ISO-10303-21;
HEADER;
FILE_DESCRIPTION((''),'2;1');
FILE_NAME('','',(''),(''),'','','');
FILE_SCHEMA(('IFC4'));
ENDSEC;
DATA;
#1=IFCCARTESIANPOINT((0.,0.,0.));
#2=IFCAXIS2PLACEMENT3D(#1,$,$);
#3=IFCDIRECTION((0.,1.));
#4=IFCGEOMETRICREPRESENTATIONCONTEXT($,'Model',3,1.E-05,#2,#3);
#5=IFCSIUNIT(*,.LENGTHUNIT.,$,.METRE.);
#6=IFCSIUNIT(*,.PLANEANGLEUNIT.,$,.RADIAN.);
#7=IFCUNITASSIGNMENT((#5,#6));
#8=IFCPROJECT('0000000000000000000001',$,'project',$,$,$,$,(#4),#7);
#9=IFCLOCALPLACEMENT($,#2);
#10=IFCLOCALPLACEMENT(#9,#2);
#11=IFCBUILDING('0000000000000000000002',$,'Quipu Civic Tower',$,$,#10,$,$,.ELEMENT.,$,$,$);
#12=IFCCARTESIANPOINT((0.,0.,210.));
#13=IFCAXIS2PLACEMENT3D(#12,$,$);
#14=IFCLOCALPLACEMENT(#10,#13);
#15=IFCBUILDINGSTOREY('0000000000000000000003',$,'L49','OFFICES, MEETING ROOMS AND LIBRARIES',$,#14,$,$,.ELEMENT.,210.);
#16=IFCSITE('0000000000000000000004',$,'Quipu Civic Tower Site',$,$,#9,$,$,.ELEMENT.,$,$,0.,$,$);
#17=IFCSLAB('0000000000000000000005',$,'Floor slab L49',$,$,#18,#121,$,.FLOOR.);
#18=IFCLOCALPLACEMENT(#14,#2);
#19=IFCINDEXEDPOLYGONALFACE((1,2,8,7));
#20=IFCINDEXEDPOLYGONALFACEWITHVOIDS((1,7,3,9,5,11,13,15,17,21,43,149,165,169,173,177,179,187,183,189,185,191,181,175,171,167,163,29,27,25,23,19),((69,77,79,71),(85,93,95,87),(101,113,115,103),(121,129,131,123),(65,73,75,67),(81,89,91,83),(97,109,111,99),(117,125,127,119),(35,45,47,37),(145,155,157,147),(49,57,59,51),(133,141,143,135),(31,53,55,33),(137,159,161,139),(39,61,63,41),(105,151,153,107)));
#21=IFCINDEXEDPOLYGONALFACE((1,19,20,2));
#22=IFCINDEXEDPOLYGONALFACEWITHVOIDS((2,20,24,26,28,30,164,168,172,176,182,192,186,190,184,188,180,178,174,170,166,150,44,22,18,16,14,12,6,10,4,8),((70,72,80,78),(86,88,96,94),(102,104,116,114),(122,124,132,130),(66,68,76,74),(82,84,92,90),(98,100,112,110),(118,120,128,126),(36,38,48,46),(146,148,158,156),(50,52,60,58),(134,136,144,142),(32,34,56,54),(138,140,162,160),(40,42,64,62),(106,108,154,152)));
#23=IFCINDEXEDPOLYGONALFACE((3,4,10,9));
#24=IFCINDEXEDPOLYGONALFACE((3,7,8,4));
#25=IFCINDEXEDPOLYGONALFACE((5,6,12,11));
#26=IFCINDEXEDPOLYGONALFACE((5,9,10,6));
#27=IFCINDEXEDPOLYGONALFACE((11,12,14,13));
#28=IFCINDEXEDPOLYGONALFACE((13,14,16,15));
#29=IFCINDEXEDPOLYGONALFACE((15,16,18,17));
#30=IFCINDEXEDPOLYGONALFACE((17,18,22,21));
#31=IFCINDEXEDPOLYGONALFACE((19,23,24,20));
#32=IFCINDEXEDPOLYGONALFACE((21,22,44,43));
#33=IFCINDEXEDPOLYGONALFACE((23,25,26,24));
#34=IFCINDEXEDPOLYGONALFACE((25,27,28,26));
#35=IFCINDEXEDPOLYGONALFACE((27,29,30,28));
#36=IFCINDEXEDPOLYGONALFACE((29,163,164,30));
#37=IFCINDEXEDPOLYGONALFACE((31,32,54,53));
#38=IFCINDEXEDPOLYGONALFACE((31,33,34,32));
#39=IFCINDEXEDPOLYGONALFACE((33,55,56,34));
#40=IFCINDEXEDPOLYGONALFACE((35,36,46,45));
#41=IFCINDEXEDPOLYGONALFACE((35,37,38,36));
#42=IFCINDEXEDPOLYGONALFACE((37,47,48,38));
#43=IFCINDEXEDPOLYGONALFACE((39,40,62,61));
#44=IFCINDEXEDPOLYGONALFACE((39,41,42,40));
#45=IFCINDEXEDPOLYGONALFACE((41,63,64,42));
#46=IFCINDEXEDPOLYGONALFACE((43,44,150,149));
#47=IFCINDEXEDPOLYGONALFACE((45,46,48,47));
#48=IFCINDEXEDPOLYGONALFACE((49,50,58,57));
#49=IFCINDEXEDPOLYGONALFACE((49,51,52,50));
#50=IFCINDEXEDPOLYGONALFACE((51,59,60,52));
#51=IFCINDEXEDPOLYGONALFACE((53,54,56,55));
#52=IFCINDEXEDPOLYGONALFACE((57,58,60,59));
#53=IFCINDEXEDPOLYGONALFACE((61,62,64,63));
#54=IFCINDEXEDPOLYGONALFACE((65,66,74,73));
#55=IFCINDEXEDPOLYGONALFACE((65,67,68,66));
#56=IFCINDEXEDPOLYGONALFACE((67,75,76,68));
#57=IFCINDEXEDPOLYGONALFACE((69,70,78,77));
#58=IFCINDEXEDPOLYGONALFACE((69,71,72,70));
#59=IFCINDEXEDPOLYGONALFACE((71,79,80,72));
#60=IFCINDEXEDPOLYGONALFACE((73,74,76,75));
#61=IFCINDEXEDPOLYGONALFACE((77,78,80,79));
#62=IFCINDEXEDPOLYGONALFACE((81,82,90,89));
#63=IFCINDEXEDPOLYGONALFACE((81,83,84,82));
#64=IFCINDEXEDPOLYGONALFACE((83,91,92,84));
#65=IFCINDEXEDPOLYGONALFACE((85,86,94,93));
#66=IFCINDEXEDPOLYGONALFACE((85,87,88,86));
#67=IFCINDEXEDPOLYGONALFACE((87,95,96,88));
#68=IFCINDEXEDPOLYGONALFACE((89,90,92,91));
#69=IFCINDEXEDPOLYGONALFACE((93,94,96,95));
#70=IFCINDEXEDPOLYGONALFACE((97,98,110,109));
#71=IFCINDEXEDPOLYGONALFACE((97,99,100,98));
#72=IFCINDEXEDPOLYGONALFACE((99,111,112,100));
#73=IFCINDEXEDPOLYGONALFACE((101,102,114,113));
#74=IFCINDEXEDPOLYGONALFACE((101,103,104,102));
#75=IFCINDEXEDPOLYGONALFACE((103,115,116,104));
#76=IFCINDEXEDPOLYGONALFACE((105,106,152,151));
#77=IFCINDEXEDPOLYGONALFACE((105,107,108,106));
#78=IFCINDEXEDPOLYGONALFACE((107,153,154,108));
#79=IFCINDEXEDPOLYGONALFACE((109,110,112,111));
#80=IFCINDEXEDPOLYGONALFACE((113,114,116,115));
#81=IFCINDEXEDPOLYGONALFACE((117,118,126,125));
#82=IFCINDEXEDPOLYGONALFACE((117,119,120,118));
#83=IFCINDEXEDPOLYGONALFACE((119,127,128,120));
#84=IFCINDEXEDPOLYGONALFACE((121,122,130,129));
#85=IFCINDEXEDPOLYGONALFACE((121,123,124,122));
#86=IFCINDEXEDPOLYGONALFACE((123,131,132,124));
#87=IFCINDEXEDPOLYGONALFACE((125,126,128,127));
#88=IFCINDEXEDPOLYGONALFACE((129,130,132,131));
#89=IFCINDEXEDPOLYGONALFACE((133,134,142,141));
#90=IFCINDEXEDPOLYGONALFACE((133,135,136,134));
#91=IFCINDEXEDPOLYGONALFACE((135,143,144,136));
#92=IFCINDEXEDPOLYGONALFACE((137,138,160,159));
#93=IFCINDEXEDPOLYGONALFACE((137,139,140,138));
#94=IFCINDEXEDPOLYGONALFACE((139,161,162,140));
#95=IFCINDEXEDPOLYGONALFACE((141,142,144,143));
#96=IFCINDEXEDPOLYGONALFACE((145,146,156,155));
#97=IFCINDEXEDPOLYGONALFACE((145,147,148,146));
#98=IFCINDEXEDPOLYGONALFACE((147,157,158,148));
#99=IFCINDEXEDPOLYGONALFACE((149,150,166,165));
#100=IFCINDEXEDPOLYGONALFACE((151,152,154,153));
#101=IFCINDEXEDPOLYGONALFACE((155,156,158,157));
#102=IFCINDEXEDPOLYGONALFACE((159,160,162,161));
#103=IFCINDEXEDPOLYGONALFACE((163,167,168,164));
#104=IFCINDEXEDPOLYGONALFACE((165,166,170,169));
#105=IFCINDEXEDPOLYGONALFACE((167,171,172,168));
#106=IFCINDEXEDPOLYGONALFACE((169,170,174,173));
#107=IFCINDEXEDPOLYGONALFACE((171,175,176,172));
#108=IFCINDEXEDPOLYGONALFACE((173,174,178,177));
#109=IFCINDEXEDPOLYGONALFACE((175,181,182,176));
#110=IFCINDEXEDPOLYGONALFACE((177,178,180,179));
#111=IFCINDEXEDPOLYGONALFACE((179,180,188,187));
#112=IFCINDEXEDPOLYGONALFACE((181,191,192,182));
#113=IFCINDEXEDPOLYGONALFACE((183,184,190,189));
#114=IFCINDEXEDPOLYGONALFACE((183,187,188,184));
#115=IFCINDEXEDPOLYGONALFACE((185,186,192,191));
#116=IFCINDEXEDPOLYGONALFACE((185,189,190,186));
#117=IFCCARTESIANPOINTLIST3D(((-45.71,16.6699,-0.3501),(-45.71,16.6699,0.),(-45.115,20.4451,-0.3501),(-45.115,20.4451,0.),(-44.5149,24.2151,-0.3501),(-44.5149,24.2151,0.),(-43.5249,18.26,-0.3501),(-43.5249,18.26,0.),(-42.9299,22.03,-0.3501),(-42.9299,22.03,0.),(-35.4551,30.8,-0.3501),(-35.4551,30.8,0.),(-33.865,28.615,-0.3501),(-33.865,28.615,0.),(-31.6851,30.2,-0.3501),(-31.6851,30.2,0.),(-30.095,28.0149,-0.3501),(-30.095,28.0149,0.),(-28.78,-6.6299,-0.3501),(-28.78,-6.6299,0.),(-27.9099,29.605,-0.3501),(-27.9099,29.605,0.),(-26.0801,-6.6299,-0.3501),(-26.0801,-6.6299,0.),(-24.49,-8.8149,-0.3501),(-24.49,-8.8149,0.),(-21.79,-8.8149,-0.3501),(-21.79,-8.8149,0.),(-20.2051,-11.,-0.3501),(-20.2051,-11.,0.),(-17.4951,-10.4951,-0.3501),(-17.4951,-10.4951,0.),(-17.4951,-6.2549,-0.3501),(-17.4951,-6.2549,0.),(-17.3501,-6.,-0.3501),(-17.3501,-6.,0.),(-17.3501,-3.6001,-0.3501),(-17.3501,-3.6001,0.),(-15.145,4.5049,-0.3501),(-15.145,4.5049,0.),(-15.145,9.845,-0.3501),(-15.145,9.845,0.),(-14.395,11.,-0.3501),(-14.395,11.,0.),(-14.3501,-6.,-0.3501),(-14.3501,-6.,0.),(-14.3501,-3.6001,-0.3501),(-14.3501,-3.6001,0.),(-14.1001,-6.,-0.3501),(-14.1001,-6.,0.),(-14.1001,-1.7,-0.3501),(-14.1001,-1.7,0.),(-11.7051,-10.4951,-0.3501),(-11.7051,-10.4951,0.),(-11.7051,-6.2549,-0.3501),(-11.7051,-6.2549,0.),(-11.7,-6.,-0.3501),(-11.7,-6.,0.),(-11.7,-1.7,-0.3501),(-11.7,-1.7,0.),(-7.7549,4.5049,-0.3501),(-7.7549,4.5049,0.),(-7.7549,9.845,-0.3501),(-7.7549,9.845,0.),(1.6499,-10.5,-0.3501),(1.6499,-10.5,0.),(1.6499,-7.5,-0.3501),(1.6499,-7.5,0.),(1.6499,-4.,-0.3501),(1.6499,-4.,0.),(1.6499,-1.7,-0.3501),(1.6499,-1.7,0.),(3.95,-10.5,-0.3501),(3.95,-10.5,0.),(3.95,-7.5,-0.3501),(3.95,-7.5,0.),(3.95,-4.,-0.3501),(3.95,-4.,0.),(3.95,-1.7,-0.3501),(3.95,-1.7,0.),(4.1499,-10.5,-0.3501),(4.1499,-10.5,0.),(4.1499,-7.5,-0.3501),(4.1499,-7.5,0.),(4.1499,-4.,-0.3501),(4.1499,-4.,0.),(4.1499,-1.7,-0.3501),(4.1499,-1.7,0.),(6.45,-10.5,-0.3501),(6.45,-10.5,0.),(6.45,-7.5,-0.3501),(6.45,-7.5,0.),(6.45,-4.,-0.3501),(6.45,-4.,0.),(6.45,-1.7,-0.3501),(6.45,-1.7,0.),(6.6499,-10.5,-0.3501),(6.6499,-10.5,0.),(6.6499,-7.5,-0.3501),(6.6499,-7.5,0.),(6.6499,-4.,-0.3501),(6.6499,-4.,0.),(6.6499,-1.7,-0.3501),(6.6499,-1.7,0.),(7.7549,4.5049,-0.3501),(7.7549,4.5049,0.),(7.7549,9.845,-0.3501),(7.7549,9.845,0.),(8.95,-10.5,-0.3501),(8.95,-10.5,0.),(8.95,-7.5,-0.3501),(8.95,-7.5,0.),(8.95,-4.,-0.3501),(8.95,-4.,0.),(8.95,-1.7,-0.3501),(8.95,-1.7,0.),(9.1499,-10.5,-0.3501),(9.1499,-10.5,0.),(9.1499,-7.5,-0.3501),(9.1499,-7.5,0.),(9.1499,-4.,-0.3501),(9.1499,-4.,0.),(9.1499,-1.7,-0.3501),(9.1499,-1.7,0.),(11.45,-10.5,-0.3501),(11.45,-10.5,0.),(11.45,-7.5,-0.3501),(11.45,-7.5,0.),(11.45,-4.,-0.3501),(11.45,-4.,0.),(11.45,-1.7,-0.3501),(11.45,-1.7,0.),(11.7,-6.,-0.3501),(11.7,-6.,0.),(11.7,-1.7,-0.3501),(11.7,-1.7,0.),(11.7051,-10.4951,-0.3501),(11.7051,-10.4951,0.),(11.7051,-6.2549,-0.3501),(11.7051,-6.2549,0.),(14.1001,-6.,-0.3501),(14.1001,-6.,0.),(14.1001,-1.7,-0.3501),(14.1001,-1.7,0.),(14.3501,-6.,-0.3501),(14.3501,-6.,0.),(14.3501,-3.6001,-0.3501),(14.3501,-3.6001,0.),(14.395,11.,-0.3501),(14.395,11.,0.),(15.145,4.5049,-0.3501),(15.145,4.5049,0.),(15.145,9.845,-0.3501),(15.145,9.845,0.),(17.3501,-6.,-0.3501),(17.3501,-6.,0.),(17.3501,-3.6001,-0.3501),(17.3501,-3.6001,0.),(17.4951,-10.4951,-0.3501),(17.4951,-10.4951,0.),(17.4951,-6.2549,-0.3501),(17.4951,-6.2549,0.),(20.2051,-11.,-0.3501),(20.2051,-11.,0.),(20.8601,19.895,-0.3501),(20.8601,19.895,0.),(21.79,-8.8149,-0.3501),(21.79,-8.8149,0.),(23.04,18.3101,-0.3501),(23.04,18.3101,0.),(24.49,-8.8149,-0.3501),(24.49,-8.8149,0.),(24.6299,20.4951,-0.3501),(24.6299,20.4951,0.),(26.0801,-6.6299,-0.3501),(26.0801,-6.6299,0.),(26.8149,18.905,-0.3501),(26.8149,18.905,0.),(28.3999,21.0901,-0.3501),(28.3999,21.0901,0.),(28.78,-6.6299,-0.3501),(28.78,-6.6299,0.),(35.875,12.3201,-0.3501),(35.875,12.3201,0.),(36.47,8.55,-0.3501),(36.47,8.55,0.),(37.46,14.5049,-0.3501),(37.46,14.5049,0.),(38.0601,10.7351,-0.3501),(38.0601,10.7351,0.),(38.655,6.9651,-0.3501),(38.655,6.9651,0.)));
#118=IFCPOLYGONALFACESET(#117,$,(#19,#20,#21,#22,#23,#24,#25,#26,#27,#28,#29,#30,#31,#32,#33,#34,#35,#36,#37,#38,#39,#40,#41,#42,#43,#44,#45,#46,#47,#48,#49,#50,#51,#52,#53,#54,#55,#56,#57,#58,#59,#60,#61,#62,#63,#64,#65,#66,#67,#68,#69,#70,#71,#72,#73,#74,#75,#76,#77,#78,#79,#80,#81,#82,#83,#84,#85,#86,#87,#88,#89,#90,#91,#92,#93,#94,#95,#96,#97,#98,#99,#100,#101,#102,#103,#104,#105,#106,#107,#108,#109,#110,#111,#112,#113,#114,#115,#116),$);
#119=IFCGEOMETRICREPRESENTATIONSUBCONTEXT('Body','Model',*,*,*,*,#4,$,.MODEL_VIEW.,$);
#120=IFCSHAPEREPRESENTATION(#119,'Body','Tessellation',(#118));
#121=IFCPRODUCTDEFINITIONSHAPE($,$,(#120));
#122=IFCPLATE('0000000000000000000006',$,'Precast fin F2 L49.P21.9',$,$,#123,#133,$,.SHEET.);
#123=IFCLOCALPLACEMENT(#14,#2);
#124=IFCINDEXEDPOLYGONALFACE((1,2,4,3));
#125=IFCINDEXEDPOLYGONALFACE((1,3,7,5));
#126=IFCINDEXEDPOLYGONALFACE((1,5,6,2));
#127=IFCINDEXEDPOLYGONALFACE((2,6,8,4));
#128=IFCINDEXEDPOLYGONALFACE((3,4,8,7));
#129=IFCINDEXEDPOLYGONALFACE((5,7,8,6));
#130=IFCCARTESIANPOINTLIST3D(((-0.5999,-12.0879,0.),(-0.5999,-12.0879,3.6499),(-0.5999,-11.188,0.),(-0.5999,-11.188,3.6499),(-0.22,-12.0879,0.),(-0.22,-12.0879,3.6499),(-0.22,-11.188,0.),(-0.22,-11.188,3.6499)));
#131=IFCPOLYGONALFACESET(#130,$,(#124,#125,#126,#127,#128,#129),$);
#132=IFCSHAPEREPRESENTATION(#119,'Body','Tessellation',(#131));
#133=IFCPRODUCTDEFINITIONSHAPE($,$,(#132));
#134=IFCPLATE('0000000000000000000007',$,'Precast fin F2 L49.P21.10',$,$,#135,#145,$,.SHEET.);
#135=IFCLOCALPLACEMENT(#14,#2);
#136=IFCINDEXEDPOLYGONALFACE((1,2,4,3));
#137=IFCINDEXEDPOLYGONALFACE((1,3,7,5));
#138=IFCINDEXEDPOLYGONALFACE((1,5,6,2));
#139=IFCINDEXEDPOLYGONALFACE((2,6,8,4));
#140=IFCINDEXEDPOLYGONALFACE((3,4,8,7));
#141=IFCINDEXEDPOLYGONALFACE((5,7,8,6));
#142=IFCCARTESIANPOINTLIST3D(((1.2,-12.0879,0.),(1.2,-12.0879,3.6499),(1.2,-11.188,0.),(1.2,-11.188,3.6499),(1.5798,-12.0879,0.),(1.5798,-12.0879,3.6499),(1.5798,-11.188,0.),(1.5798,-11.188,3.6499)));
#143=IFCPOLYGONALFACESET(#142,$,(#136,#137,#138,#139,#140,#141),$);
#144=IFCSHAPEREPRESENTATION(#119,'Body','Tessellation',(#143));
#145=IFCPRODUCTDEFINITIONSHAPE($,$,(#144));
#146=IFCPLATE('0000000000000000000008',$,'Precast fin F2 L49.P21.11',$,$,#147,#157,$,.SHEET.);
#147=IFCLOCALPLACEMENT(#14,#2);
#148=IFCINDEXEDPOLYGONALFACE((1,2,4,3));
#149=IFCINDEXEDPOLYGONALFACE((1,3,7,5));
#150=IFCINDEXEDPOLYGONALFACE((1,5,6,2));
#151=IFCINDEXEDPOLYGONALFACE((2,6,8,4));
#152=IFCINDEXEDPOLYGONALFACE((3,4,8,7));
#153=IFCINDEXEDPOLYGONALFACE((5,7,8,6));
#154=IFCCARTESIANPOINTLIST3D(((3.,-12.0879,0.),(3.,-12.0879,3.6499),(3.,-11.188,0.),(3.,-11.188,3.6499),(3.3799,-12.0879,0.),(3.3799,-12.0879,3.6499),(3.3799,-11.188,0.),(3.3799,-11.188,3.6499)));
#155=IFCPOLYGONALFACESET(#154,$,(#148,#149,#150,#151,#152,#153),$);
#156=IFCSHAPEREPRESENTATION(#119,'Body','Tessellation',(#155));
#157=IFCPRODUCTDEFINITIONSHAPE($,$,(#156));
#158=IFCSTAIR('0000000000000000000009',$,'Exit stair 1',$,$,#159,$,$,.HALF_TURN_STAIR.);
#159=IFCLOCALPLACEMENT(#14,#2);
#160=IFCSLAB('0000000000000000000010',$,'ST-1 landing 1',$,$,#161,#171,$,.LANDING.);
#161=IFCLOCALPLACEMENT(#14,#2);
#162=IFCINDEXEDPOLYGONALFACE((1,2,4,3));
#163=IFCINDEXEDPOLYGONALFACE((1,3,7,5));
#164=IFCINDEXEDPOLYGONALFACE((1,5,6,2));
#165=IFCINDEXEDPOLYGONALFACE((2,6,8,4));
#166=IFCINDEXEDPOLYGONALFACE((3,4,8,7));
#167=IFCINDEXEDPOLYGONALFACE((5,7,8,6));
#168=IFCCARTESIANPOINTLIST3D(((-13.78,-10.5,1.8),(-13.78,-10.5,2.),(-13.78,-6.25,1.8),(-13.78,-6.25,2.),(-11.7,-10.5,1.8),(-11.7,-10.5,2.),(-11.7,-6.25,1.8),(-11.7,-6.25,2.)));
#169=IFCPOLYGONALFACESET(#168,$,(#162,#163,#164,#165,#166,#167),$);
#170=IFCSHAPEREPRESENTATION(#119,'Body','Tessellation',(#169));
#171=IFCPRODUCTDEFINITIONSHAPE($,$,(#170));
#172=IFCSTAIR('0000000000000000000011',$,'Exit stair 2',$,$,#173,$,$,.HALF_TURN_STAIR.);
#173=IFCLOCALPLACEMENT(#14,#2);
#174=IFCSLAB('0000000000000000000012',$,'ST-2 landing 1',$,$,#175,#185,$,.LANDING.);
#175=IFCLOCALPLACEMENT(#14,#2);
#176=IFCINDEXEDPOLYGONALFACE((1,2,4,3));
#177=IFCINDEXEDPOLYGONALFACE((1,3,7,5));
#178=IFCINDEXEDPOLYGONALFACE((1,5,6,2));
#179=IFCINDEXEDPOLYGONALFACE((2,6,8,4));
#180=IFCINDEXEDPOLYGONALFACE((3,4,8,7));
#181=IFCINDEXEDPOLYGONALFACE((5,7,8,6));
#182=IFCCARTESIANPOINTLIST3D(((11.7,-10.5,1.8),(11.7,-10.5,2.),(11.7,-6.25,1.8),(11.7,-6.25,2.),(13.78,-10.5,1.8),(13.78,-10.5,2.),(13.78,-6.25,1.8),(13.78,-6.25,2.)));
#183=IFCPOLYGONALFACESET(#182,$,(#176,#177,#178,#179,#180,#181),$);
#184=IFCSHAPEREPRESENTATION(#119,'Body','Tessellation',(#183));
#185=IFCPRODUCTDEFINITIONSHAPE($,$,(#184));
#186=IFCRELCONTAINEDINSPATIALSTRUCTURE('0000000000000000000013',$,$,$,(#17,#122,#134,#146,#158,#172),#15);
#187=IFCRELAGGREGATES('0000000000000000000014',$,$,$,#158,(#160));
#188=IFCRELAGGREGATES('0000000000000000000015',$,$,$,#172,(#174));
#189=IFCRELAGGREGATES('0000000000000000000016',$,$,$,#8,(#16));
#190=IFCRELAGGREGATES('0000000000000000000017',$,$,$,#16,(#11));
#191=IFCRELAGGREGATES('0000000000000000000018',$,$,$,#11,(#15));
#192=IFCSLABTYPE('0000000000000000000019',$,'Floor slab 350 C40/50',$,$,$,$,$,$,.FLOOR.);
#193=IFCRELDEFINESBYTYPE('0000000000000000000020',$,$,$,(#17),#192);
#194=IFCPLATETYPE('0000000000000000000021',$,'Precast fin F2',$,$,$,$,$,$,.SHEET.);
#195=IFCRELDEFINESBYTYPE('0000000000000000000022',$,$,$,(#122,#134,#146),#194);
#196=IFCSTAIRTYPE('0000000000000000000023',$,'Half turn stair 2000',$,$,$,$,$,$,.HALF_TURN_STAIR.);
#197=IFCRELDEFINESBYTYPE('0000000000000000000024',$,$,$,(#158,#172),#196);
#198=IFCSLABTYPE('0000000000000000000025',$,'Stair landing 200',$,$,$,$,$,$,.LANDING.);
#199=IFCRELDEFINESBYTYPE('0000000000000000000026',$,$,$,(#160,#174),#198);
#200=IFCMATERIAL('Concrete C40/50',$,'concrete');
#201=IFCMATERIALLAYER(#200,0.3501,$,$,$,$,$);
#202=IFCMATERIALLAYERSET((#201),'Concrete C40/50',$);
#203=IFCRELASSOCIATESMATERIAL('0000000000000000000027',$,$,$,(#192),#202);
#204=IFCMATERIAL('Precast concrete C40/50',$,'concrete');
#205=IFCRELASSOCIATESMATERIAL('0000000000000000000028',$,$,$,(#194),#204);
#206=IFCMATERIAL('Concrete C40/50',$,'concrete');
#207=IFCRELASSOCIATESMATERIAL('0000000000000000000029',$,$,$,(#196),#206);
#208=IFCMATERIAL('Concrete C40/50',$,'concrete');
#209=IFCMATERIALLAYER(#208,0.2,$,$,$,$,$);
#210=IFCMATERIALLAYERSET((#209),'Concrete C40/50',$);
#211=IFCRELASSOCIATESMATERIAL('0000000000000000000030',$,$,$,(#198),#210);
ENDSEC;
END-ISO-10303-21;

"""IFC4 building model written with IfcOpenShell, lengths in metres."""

from ifc_helpers import new_model, si_unit, direction, frame, origin, origin_2d, place, context, subcontext, project, spatial, polyline, rectangle, outline, extrude, material, layer, layer_set, type_object, element, aggregate, save


model = new_model("IFC4")

# Units and contexts
model_context = context("Model", 3, precision=1e-05, world=origin(), true_north=direction((0.0, 1.0)))
body_context = subcontext(model_context, "Body", "Model", "MODEL_VIEW")
ifc_project = project(units=[si_unit("LENGTHUNIT", "METRE"), si_unit("PLANEANGLEUNIT", "RADIAN")], contexts=[model_context])

# Site, building, storey
site_placement = place(None, origin())
site = spatial("IfcSite", under=ifc_project, at=site_placement, Name="Quipu Civic Tower Site", CompositionType="ELEMENT", RefElevation=0.0)
building_placement = place(site_placement, origin())
building = spatial("IfcBuilding", under=site, at=building_placement, Name="Quipu Civic Tower", CompositionType="ELEMENT")
storey_placement = place(building_placement, frame((0.0, 0.0, 210.0)))
storey = spatial("IfcBuildingStorey", under=building, at=storey_placement, Name="L49", Description="OFFICES, MEETING ROOMS AND LIBRARIES", CompositionType="ELEMENT", Elevation=210.0)

# Slab
ifc_material_1 = material(Name="Concrete C40/50", Category="concrete")
ifc_layer_1 = layer(ifc_material_1, 0.3501)
ifc_layer_set_1 = layer_set([ifc_layer_1], Name="Concrete C40/50")
slab_type_1 = type_object("IfcSlabType", Name="Floor slab 350 C40/50", PredefinedType="FLOOR", material=ifc_layer_set_1)
slab_1_placement = place(storey_placement, frame((0.0, 0.0, -0.3501)))
element("IfcSlab", 1, at=slab_1_placement, inside=storey, type_object=slab_type_1, Name="Floor slab L49", PredefinedType="FLOOR", context=body_context, shape_type="SweptSolid", body=[
    extrude(outline(polyline([(20.8601, 19.895), (23.04, 18.3101), (24.6299, 20.4951), (26.8149, 18.905), (28.3999, 21.0901), (37.46, 14.5049), (35.875, 12.3201), (38.0601, 10.7351), (36.47, 8.55), (38.655, 6.9651), (28.78, -6.6299), (26.0801, -6.6299), (24.49, -8.8149), (21.79, -8.8149), (20.2051, -11.0), (-20.2051, -11.0), (-21.79, -8.8149), (-24.49, -8.8149), (-26.0801, -6.6299), (-28.78, -6.6299), (-45.71, 16.6699), (-43.5249, 18.26), (-45.115, 20.4451), (-42.9299, 22.03), (-44.5149, 24.2151), (-35.4551, 30.8), (-33.865, 28.615), (-31.6851, 30.2), (-30.095, 28.0149), (-27.9099, 29.605), (-14.395, 11.0), (14.395, 11.0), (20.8601, 19.895)]), holes=[polyline([(1.6499, -7.5), (1.6499, -10.5), (3.95, -10.5), (3.95, -7.5), (1.6499, -7.5)]), polyline([(4.1499, -7.5), (4.1499, -10.5), (6.45, -10.5), (6.45, -7.5), (4.1499, -7.5)]), polyline([(-11.7051, -6.2549), (-17.4951, -6.2549), (-17.4951, -10.4951), (-11.7051, -10.4951), (-11.7051, -6.2549)]), polyline([(-17.3501, -3.6001), (-17.3501, -6.0), (-14.3501, -6.0), (-14.3501, -3.6001), (-17.3501, -3.6001)]), polyline([(-14.1001, -1.7), (-14.1001, -6.0), (-11.7, -6.0), (-11.7, -1.7), (-14.1001, -1.7)]), polyline([(1.6499, -1.7), (1.6499, -4.0), (3.95, -4.0), (3.95, -1.7), (1.6499, -1.7)]), polyline([(4.1499, -1.7), (4.1499, -4.0), (6.45, -4.0), (6.45, -1.7), (4.1499, -1.7)]), polyline([(-7.7549, 9.845), (-15.145, 9.845), (-15.145, 4.5049), (-7.7549, 4.5049), (-7.7549, 9.845)]), polyline([(6.6499, -7.5), (6.6499, -10.5), (8.95, -10.5), (8.95, -7.5), (6.6499, -7.5)]), polyline([(9.1499, -7.5), (9.1499, -10.5), (11.45, -10.5), (11.45, -7.5), (9.1499, -7.5)]), polyline([(11.7051, -10.4951), (17.4951, -10.4951), (17.4951, -6.2549), (11.7051, -6.2549), (11.7051, -10.4951)]), polyline([(14.3501, -3.6001), (14.3501, -6.0), (17.3501, -6.0), (17.3501, -3.6001), (14.3501, -3.6001)]), polyline([(11.7, -1.7), (11.7, -6.0), (14.1001, -6.0), (14.1001, -1.7), (11.7, -1.7)]), polyline([(6.6499, -1.7), (6.6499, -4.0), (8.95, -4.0), (8.95, -1.7), (6.6499, -1.7)]), polyline([(9.1499, -1.7), (9.1499, -4.0), (11.45, -4.0), (11.45, -1.7), (9.1499, -1.7)]), polyline([(7.7549, 4.5049), (15.145, 4.5049), (15.145, 9.845), (7.7549, 9.845), (7.7549, 4.5049)])]), origin(), (0.0, 0.0, 1.0), 0.3501),
])

# Plates
ifc_material_2 = material(Name="Precast concrete C40/50", Category="concrete")
plate_type = type_object("IfcPlateType", Name="Precast fin F2", PredefinedType="SHEET", material=ifc_material_2)
for number, where, z_axis, x_axis, name in (
    (2, (-0.4099, -11.6379, 0.0), (0.0, 0.0, 1.0), (1.0, 0.0, 0.0), "Precast fin F2 L49.P21.9"),
    (3, (1.3899, -11.6379, 0.0), (0.0, 0.0, 1.0), (1.0, 0.0, 0.0), "Precast fin F2 L49.P21.10"),
    (4, (3.1899, -11.6379, 0.0), (0.0, 0.0, 1.0), (1.0, 0.0, 0.0), "Precast fin F2 L49.P21.11"),
):
    element("IfcPlate", number, at=place(storey_placement, frame(where, z_axis=z_axis, x_axis=x_axis)), inside=storey, type_object=plate_type, Name=name, PredefinedType="SHEET", context=body_context, shape_type="SweptSolid", body=[
        extrude(rectangle(XDim=0.3799, YDim=0.8999, at=origin_2d()), origin(), (0.0, 0.0, 1.0), 3.6499),
    ])

# Stairs, slabs
ifc_material_3 = material(Name="Concrete C40/50", Category="concrete")
stair_type_1 = type_object("IfcStairType", Name="Half turn stair 2000", PredefinedType="HALF_TURN_STAIR", material=ifc_material_3)
stair_1_placement = place(storey_placement, origin())
stair_1 = element("IfcStair", 5, at=stair_1_placement, inside=storey, type_object=stair_type_1, Name="Exit stair 1", PredefinedType="HALF_TURN_STAIR")
ifc_material_4 = material(Name="Concrete C40/50", Category="concrete")
ifc_layer_2 = layer(ifc_material_4, 0.2)
ifc_layer_set_2 = layer_set([ifc_layer_2], Name="Concrete C40/50")
slab_type_2 = type_object("IfcSlabType", Name="Stair landing 200", PredefinedType="LANDING", material=ifc_layer_set_2)
slab_2_placement = place(storey_placement, frame((0.0, 0.0, 1.8)))
slab_2 = element("IfcSlab", 6, at=slab_2_placement, type_object=slab_type_2, Name="ST-1 landing 1", PredefinedType="LANDING", context=body_context, shape_type="SweptSolid", body=[
    extrude(outline(polyline([(-13.78, -10.5), (-11.7, -10.5), (-11.7, -6.25), (-13.78, -6.25), (-13.78, -10.5)])), origin(), (0.0, 0.0, 1.0), 0.2),
])
aggregate(stair_1, [slab_2])
stair_2_placement = place(storey_placement, origin())
stair_2 = element("IfcStair", 7, at=stair_2_placement, inside=storey, type_object=stair_type_1, Name="Exit stair 2", PredefinedType="HALF_TURN_STAIR")
slab_3_placement = place(storey_placement, frame((0.0, 0.0, 1.8)))
slab_3 = element("IfcSlab", 8, at=slab_3_placement, type_object=slab_type_2, Name="ST-2 landing 1", PredefinedType="LANDING", context=body_context, shape_type="SweptSolid", body=[
    extrude(outline(polyline([(13.78, -6.25), (11.7, -6.25), (11.7, -10.5), (13.78, -10.5), (13.78, -6.25)])), origin(), (0.0, 0.0, 1.0), 0.2),
])
aggregate(stair_2, [slab_3])

save(model, "model.ifc")
